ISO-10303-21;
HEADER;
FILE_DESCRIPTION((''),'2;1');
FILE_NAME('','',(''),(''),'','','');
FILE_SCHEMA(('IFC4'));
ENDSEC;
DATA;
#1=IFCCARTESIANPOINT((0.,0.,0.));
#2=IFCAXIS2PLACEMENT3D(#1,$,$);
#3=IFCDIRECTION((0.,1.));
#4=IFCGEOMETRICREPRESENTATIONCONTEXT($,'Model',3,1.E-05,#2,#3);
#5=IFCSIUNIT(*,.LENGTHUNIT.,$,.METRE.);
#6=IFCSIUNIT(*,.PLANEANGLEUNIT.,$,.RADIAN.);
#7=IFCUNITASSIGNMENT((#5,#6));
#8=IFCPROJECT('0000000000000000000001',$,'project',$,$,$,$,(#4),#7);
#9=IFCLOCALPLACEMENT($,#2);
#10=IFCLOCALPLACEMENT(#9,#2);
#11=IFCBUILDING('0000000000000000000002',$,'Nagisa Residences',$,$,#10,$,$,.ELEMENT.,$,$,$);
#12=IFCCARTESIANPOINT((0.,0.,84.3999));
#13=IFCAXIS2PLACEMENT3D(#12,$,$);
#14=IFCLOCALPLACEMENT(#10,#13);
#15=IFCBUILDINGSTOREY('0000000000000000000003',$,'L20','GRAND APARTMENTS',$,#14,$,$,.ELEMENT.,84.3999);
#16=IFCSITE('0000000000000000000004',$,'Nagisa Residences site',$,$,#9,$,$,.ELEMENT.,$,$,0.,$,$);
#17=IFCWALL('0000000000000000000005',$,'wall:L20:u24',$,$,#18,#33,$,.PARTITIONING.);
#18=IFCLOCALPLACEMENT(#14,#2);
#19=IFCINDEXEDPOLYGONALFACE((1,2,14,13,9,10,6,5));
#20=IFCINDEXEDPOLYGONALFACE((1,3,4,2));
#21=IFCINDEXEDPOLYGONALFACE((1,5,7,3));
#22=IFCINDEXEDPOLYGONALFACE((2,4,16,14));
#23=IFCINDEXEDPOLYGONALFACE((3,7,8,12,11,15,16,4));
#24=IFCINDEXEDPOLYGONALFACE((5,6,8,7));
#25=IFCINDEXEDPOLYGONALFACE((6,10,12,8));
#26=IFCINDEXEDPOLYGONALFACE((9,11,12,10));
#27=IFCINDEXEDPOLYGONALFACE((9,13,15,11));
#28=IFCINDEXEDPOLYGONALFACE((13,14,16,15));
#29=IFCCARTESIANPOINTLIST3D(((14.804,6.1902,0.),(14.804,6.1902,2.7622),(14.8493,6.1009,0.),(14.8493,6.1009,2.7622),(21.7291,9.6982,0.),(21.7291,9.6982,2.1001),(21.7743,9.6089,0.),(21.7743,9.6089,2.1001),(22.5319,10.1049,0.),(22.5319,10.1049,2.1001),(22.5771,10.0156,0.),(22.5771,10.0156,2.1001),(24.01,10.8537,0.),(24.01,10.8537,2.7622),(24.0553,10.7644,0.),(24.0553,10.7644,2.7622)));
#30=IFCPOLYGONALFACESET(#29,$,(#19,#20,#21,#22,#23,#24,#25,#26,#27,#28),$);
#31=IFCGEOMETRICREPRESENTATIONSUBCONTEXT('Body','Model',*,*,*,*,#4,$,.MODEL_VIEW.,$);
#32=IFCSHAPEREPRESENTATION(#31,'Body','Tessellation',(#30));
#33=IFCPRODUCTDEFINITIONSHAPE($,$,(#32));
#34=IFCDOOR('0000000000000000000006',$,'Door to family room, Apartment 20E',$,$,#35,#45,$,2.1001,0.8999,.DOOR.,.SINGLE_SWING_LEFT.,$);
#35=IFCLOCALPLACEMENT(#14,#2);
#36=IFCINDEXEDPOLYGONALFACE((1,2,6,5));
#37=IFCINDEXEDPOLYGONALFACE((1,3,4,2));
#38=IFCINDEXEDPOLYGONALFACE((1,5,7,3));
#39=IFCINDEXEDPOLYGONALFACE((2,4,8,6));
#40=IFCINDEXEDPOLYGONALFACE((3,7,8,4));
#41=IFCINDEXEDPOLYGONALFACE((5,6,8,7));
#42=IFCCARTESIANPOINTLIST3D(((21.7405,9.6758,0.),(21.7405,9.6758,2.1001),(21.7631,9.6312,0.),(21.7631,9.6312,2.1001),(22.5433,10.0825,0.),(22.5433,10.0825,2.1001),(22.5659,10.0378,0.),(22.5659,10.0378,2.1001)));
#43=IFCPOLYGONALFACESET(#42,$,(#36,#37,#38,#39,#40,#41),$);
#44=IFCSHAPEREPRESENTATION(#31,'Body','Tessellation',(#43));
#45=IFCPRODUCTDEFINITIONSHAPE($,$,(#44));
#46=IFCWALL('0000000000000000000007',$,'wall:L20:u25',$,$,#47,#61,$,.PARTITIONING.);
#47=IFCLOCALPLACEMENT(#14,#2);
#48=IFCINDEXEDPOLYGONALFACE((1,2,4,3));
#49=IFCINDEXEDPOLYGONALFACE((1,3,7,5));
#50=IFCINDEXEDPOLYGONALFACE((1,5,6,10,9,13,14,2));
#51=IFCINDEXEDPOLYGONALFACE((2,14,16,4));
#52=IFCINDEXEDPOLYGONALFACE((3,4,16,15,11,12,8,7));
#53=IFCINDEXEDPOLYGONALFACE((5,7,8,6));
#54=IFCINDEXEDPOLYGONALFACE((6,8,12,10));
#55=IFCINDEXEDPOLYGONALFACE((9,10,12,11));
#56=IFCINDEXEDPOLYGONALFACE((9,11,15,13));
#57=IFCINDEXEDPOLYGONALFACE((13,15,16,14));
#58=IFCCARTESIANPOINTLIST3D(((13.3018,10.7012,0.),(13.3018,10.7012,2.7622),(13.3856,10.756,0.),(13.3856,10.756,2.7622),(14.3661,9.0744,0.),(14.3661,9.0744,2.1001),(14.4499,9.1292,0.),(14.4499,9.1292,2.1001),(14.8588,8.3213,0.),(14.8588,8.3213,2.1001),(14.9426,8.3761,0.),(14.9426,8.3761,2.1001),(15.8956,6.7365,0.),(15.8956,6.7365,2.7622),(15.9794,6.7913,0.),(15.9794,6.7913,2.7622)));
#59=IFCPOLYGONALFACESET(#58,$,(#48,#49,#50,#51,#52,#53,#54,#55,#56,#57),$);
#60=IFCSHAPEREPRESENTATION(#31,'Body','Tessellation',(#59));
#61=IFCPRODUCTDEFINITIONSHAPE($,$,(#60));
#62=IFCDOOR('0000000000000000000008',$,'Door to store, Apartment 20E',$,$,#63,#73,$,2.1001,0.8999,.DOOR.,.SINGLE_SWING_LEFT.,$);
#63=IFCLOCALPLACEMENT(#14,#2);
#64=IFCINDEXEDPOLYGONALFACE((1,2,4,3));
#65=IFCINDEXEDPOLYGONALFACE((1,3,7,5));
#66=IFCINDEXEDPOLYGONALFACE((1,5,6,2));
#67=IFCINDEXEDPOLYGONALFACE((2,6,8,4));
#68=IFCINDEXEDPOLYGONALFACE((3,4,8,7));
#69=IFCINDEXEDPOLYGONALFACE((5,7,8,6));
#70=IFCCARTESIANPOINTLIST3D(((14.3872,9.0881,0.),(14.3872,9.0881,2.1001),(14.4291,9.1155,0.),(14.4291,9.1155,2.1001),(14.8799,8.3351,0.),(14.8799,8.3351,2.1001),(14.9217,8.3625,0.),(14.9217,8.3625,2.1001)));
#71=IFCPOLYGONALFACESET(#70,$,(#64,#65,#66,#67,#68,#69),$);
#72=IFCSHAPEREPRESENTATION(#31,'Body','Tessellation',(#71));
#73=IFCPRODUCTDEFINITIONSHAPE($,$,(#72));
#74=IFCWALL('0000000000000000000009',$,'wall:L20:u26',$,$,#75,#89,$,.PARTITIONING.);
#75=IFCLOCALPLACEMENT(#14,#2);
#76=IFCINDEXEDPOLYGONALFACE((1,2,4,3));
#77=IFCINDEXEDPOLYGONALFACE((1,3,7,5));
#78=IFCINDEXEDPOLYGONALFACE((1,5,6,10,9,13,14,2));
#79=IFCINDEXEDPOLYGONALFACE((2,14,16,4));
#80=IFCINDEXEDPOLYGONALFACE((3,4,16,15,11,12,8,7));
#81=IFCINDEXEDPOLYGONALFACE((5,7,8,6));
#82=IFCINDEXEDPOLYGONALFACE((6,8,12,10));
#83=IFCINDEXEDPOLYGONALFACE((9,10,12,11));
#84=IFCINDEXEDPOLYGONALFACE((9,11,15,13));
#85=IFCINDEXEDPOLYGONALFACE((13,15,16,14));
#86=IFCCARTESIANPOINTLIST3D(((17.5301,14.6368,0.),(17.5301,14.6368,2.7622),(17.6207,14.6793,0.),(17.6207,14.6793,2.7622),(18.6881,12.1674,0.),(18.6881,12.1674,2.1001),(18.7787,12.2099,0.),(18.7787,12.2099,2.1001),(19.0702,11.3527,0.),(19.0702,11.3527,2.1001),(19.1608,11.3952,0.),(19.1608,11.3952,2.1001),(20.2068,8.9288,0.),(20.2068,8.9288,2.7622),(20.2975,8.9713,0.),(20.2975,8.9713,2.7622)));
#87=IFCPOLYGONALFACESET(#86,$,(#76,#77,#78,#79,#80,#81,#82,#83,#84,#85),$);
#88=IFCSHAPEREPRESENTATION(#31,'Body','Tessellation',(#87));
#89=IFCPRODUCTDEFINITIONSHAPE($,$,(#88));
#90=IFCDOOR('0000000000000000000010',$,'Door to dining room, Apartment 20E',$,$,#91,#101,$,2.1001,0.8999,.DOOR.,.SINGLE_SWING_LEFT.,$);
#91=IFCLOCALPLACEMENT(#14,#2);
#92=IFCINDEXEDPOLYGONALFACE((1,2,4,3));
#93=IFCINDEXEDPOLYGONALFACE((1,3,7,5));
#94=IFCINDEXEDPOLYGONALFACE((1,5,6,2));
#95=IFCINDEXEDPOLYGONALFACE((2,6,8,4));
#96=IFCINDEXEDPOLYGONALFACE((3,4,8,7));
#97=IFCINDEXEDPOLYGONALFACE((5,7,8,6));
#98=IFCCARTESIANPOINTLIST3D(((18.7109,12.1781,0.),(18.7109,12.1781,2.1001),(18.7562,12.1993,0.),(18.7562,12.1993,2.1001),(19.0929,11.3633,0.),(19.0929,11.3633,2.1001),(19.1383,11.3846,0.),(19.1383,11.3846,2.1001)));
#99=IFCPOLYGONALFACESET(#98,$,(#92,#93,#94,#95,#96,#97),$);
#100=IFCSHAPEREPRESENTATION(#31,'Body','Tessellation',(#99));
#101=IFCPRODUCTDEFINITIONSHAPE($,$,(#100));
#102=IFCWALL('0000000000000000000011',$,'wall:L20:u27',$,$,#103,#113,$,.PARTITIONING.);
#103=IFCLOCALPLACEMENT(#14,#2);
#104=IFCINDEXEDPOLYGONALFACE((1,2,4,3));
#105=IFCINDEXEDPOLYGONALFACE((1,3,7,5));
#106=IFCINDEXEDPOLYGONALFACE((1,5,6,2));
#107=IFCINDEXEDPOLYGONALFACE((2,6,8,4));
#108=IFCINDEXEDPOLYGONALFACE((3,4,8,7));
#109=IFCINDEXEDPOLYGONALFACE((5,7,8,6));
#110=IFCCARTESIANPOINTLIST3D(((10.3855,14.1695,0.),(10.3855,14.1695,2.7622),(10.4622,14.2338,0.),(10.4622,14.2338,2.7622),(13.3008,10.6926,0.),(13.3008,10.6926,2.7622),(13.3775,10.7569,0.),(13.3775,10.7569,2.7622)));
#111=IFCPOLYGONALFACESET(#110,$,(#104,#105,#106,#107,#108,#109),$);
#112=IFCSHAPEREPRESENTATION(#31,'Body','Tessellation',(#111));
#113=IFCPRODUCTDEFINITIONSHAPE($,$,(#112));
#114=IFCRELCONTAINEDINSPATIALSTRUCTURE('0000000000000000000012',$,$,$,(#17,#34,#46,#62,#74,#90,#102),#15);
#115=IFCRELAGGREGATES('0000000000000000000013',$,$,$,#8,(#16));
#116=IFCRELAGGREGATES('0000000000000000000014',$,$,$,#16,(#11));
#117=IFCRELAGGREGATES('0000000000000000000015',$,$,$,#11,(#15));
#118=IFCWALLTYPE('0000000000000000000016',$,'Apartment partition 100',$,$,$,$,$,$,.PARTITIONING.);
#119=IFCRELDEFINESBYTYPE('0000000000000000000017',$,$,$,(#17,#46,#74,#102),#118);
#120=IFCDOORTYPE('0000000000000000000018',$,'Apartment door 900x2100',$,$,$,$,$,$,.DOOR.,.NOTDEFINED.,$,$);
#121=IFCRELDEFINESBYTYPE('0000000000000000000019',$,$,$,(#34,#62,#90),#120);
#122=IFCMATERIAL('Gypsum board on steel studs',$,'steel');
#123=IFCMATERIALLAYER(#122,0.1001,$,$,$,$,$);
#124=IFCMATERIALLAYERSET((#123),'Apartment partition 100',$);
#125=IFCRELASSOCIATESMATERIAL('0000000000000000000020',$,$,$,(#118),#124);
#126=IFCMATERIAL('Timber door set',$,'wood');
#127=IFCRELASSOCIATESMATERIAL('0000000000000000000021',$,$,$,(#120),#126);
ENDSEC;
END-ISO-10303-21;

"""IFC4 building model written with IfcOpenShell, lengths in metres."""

from ifc_helpers import new_model, si_unit, direction, frame, frame_2d, origin, place, context, subcontext, project, spatial, rectangle, extrude, material, layer, layer_set, type_object, element, fill, save


model = new_model("IFC4")

# Units and contexts
model_context = context("Model", 3, precision=1e-05, world=origin(), true_north=direction((0.0, 1.0)))
body_context = subcontext(model_context, "Body", "Model", "MODEL_VIEW")
ifc_project = project(units=[si_unit("LENGTHUNIT", "METRE"), si_unit("PLANEANGLEUNIT", "RADIAN")], contexts=[model_context])

# Site, building, storey
site_placement = place(None, origin())
site = spatial("IfcSite", under=ifc_project, at=site_placement, Name="Nagisa Residences site", CompositionType="ELEMENT", RefElevation=0.0)
building_placement = place(site_placement, origin())
building = spatial("IfcBuilding", under=site, at=building_placement, Name="Nagisa Residences", CompositionType="ELEMENT")
storey_placement = place(building_placement, frame((0.0, 0.0, 84.3999)))
storey = spatial("IfcBuildingStorey", under=building, at=storey_placement, Name="L20", Description="GRAND APARTMENTS", CompositionType="ELEMENT", Elevation=84.3999)

# Shared definitions
ifc_material_1 = material(Name="Gypsum board on steel studs", Category="steel")
ifc_layer_1 = layer(ifc_material_1, 0.1001)
ifc_layer_set_1 = layer_set([ifc_layer_1], Name="Apartment partition 100")
wall_type = type_object("IfcWallType", Name="Apartment partition 100", PredefinedType="PARTITIONING", material=ifc_layer_set_1)
ifc_material_2 = material(Name="Timber door set", Category="wood")
door_type = type_object("IfcDoorType", Name="Apartment door 900x2100", OperationType="NOTDEFINED", PredefinedType="DOOR", material=ifc_material_2)

# Walls, openings, doors
wall_1_placement = place(storey_placement, frame((14.8267, 6.1455, 0.0), z_axis=(0.0, 0.0, 1.0), x_axis=(0.892068, 0.451901, 0.0)))
wall_1 = element("IfcWall", 1, at=wall_1_placement, inside=storey, type_object=wall_type, Name="wall:L20:u24", PredefinedType="PARTITIONING", context=body_context, shape_type="SweptSolid", body=[
    extrude(rectangle(XDim=10.3198, YDim=0.1001, at=frame_2d((5.1599, 0.0))), origin(), (0.0, 0.0, 1.0), 2.7622),
])
opening_1_placement = place(wall_1_placement, frame((7.7629, 0.0, 0.0)))
opening_1 = element("IfcOpeningElement", 2, at=opening_1_placement, cuts=wall_1, PredefinedType="OPENING", context=body_context, shape_type="SweptSolid", body=[
    extrude(rectangle(XDim=0.8999, YDim=2.1001, at=frame_2d((0.45, 1.05))), frame((0.0, 0.0601, 0.0), z_axis=(0.0, -1.0, 0.0), x_axis=(1.0, 0.0, 0.0)), (0.0, 0.0, 1.0), 0.1201),
])
door_1_placement = place(opening_1_placement, origin())
door_1 = element("IfcDoor", 3, at=door_1_placement, inside=storey, type_object=door_type, Name="Door to family room, Apartment 20E", OperationType="SINGLE_SWING_LEFT", OverallHeight=2.1001, OverallWidth=0.8999, PredefinedType="DOOR", context=body_context, shape_type="SweptSolid", body=[
    extrude(rectangle(XDim=0.8999, YDim=2.1001, at=frame_2d((0.45, 1.05))), frame((0.0, 0.0249, 0.0), z_axis=(0.0, -1.0, 0.0), x_axis=(1.0, 0.0, 0.0)), (0.0, 0.0, 1.0), 0.05),
])
fill(opening_1, door_1)
wall_2_placement = place(storey_placement, frame((15.9375, 6.7639, 0.0), z_axis=(0.0, 0.0, 1.0), x_axis=(-0.547473, 0.836823, 0.0)))
wall_2 = element("IfcWall", 4, at=wall_2_placement, inside=storey, type_object=wall_type, Name="wall:L20:u25", PredefinedType="PARTITIONING", context=body_context, shape_type="SweptSolid", body=[
    extrude(rectangle(XDim=4.7378, YDim=0.1001, at=frame_2d((2.3689, 0.0))), origin(), (0.0, 0.0, 1.0), 2.7622),
])
opening_2_placement = place(wall_2_placement, frame((1.8938, 0.0, 0.0)))
opening_2 = element("IfcOpeningElement", 5, at=opening_2_placement, cuts=wall_2, PredefinedType="OPENING", context=body_context, shape_type="SweptSolid", body=[
    extrude(rectangle(XDim=0.8999, YDim=2.1001, at=frame_2d((0.45, 1.05))), frame((0.0, 0.0601, 0.0), z_axis=(0.0, -1.0, 0.0), x_axis=(1.0, 0.0, 0.0)), (0.0, 0.0, 1.0), 0.1201),
])
door_2_placement = place(opening_2_placement, origin())
door_2 = element("IfcDoor", 6, at=door_2_placement, inside=storey, type_object=door_type, Name="Door to store, Apartment 20E", OperationType="SINGLE_SWING_LEFT", OverallHeight=2.1001, OverallWidth=0.8999, PredefinedType="DOOR", context=body_context, shape_type="SweptSolid", body=[
    extrude(rectangle(XDim=0.8999, YDim=2.1001, at=frame_2d((0.45, 1.05))), frame((0.0, 0.0249, 0.0), z_axis=(0.0, -1.0, 0.0), x_axis=(1.0, 0.0, 0.0)), (0.0, 0.0, 1.0), 0.05),
])
fill(opening_2, door_2)
wall_3_placement = place(storey_placement, frame((20.2522, 8.95, 0.0), z_axis=(0.0, 0.0, 1.0), x_axis=(-0.424581, 0.90539, 0.0)))
wall_3 = element("IfcWall", 7, at=wall_3_placement, inside=storey, type_object=wall_type, Name="wall:L20:u26", PredefinedType="PARTITIONING", context=body_context, shape_type="SweptSolid", body=[
    extrude(rectangle(XDim=6.3044, YDim=0.1001, at=frame_2d((3.1523, 0.0))), origin(), (0.0, 0.0, 1.0), 2.7622),
])
opening_3_placement = place(wall_3_placement, frame((2.6772, 0.0, 0.0)))
opening_3 = element("IfcOpeningElement", 8, at=opening_3_placement, cuts=wall_3, PredefinedType="OPENING", context=body_context, shape_type="SweptSolid", body=[
    extrude(rectangle(XDim=0.8999, YDim=2.1001, at=frame_2d((0.45, 1.05))), frame((0.0, 0.0601, 0.0), z_axis=(0.0, -1.0, 0.0), x_axis=(1.0, 0.0, 0.0)), (0.0, 0.0, 1.0), 0.1201),
])
door_3_placement = place(opening_3_placement, origin())
door_3 = element("IfcDoor", 9, at=door_3_placement, inside=storey, type_object=door_type, Name="Door to dining room, Apartment 20E", OperationType="SINGLE_SWING_LEFT", OverallHeight=2.1001, OverallWidth=0.8999, PredefinedType="DOOR", context=body_context, shape_type="SweptSolid", body=[
    extrude(rectangle(XDim=0.8999, YDim=2.1001, at=frame_2d((0.45, 1.05))), frame((0.0, 0.0249, 0.0), z_axis=(0.0, -1.0, 0.0), x_axis=(1.0, 0.0, 0.0)), (0.0, 0.0, 1.0), 0.05),
])
fill(opening_3, door_3)

# Wall
wall_4_placement = place(storey_placement, frame((13.3391, 10.7249, 0.0), z_axis=(0.0, 0.0, 1.0), x_axis=(-0.642515, 0.766273, 0.0)))
element("IfcWall", 10, at=wall_4_placement, inside=storey, type_object=wall_type, Name="wall:L20:u27", PredefinedType="PARTITIONING", context=body_context, shape_type="SweptSolid", body=[
    extrude(rectangle(XDim=4.5374, YDim=0.1001, at=frame_2d((2.2686, 0.0))), origin(), (0.0, 0.0, 1.0), 2.7622),
])

save(model, "model.ifc")
